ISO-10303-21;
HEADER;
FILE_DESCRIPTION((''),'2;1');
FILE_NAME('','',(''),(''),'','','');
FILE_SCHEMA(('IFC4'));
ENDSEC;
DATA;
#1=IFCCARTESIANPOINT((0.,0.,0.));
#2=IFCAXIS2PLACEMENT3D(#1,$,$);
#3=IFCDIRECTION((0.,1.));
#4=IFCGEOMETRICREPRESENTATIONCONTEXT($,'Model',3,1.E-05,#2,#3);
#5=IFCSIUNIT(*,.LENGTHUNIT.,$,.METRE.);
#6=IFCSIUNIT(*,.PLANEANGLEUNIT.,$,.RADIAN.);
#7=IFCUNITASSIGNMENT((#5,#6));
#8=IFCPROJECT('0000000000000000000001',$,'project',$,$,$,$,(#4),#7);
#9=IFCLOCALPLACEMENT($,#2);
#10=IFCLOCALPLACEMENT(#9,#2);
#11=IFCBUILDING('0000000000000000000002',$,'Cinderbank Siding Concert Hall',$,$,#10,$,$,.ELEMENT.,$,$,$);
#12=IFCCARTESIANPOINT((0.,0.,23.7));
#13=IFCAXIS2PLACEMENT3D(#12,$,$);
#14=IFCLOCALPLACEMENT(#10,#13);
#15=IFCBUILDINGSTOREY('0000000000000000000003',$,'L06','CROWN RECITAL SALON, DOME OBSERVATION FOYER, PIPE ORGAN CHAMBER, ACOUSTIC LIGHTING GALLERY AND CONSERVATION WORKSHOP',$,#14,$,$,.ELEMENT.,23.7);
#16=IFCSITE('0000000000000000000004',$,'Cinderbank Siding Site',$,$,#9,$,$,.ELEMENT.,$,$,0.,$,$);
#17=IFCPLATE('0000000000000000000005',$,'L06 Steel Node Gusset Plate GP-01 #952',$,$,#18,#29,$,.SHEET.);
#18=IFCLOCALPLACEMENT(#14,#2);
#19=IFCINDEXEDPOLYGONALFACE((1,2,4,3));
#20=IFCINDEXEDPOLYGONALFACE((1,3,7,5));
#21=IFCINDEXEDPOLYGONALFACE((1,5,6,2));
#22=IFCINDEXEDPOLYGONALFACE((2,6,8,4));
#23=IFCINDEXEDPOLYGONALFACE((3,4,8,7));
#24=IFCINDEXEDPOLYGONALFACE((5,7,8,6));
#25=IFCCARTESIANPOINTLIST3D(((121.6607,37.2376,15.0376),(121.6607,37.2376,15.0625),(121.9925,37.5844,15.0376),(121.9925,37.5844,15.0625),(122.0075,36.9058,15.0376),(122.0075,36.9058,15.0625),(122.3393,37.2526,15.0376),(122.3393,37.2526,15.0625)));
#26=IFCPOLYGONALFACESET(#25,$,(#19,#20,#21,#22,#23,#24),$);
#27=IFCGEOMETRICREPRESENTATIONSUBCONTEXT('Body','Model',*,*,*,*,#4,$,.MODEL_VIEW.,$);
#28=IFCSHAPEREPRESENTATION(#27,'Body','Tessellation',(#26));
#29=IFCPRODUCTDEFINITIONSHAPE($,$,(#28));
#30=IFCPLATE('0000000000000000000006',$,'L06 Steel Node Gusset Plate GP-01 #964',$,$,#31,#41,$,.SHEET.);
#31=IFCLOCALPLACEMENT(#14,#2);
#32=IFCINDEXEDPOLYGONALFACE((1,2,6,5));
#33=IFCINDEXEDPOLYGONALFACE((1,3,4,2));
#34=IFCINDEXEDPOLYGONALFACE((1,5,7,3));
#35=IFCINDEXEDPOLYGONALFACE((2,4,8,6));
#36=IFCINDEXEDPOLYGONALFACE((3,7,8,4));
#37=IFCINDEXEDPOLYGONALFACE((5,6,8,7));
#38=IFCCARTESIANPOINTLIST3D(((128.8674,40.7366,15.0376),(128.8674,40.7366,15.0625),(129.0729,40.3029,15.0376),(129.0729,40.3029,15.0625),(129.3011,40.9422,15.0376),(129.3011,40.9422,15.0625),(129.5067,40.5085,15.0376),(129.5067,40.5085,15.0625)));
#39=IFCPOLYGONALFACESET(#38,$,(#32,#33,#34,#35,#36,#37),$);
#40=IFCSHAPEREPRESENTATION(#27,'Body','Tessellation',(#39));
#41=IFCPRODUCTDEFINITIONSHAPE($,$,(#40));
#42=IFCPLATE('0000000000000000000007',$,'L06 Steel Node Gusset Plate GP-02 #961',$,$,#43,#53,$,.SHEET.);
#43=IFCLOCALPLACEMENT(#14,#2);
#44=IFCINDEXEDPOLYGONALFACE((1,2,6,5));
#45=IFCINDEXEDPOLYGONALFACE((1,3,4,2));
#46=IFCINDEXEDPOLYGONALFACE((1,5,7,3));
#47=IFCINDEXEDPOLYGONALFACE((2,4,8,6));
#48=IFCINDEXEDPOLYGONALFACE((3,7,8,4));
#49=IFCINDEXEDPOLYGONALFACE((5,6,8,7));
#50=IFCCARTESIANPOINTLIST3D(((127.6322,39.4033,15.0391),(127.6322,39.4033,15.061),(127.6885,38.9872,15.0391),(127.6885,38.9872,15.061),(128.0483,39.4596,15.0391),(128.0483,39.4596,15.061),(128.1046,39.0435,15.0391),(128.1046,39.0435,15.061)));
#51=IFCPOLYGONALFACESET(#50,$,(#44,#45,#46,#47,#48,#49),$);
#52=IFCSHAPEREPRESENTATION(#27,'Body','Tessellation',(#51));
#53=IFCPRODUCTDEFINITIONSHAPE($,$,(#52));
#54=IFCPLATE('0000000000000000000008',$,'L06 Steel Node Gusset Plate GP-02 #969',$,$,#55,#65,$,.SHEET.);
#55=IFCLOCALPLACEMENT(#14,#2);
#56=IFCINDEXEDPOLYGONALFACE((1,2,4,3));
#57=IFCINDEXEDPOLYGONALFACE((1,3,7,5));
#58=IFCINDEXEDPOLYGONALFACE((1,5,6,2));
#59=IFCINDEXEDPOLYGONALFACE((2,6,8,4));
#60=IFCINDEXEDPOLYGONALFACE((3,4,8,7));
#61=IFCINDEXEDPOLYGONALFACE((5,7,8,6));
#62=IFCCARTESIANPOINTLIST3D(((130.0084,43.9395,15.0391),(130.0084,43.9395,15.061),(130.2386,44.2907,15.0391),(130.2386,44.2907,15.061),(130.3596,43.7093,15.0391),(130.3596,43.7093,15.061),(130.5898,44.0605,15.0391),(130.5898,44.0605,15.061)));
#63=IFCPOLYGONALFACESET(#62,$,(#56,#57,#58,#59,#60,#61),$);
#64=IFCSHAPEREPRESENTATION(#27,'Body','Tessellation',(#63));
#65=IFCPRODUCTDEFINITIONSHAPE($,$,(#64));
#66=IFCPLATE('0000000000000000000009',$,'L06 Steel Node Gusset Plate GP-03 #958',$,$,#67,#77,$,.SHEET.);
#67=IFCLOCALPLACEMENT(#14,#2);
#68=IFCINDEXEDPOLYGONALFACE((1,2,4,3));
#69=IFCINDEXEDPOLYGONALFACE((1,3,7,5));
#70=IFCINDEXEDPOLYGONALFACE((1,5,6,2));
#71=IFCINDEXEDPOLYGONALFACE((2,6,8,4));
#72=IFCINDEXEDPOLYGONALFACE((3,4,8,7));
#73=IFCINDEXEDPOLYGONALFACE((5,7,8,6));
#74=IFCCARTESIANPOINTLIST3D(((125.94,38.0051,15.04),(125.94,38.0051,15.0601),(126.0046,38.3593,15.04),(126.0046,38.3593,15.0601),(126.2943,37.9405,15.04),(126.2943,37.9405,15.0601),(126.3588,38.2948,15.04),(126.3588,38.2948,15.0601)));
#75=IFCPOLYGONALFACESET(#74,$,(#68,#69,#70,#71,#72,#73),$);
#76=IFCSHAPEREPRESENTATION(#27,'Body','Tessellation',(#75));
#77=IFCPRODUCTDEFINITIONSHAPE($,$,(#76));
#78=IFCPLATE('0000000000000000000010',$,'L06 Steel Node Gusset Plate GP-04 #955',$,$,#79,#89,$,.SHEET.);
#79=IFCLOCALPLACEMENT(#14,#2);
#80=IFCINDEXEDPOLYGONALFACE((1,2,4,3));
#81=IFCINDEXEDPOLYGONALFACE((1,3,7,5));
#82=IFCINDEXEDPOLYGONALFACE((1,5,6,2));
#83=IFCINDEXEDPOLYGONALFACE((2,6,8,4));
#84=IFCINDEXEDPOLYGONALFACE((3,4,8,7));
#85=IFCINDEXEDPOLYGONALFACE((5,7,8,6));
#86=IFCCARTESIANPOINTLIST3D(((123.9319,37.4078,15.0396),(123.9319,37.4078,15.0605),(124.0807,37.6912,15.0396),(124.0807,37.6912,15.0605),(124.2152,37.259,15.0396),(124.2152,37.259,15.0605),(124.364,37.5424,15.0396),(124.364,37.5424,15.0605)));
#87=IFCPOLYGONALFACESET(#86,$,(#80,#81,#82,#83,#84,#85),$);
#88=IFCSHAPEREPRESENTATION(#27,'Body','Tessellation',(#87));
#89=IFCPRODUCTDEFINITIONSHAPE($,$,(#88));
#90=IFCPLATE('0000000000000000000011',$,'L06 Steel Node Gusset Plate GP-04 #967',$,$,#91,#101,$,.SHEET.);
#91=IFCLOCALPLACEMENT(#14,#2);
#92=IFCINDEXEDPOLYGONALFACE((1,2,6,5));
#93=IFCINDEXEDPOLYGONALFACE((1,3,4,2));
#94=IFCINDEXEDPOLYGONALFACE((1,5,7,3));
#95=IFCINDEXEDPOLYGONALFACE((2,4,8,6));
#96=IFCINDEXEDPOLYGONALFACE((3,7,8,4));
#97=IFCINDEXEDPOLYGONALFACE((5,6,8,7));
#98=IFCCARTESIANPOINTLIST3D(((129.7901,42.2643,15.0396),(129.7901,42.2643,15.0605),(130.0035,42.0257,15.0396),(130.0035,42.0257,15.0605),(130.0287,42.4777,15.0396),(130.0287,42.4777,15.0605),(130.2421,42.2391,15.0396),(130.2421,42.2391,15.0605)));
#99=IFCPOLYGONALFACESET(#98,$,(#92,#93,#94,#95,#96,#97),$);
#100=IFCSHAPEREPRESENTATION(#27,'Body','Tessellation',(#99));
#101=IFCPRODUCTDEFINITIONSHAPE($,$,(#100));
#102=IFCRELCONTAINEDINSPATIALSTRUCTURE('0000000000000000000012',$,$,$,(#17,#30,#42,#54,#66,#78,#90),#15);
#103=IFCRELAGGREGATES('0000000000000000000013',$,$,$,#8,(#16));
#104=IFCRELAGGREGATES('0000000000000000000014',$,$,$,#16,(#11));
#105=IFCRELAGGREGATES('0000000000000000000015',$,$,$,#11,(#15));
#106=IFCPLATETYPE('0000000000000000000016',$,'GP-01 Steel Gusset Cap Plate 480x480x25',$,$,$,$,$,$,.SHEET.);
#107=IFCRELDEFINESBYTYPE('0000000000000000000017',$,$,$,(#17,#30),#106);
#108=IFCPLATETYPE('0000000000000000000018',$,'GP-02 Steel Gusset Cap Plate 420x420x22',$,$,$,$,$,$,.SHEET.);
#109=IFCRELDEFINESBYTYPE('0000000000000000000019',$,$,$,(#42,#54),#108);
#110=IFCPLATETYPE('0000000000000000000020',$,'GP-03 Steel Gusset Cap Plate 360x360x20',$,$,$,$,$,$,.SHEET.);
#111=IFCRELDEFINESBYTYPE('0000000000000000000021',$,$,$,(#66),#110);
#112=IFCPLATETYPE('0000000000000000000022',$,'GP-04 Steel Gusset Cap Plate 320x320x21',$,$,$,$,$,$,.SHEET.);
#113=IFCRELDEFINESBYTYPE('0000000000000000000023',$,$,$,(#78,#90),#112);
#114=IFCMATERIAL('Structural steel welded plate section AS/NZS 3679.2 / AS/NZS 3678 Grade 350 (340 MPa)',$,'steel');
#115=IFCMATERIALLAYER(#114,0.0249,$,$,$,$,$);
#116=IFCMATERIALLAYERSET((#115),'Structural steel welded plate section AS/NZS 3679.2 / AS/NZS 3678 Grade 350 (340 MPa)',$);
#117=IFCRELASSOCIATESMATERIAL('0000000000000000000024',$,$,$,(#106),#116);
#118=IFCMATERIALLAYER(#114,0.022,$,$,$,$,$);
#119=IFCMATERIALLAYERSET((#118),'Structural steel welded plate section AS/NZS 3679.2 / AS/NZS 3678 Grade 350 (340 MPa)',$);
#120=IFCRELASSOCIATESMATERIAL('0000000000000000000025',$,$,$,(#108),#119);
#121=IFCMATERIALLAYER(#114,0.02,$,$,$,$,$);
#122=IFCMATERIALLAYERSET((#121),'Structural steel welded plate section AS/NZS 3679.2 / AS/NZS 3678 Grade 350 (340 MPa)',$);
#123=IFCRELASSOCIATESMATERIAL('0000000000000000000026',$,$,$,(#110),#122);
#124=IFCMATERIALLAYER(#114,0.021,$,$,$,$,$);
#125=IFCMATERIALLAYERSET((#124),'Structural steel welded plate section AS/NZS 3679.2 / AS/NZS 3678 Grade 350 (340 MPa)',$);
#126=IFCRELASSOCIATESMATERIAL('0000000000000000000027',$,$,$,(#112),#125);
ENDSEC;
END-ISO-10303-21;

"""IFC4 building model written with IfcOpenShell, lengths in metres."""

from ifc_helpers import new_model, si_unit, direction, frame, origin, origin_2d, place, context, subcontext, project, spatial, rectangle, extrude, material, layer, layer_set, type_object, element, save


model = new_model("IFC4")

# Units and contexts
model_context = context("Model", 3, precision=1e-05, world=origin(), true_north=direction((0.0, 1.0)))
body_context = subcontext(model_context, "Body", "Model", "MODEL_VIEW")
ifc_project = project(units=[si_unit("LENGTHUNIT", "METRE"), si_unit("PLANEANGLEUNIT", "RADIAN")], contexts=[model_context])

# Site, building, storey
site_placement = place(None, origin())
site = spatial("IfcSite", under=ifc_project, at=site_placement, Name="Cinderbank Siding Site", CompositionType="ELEMENT", RefElevation=0.0)
building_placement = place(site_placement, origin())
building = spatial("IfcBuilding", under=site, at=building_placement, Name="Cinderbank Siding Concert Hall", CompositionType="ELEMENT")
storey_placement = place(building_placement, frame((0.0, 0.0, 23.7)))
storey = spatial("IfcBuildingStorey", under=building, at=storey_placement, Name="L06", Description="CROWN RECITAL SALON, DOME OBSERVATION FOYER, PIPE ORGAN CHAMBER, ACOUSTIC LIGHTING GALLERY AND CONSERVATION WORKSHOP", CompositionType="ELEMENT", Elevation=23.7)

# Plates
ifc_material_1 = material(Name="Structural steel welded plate section AS/NZS 3679.2 / AS/NZS 3678 Grade 350 (340 MPa)", Category="steel")
ifc_layer_1 = layer(ifc_material_1, 0.0249)
ifc_layer_set_1 = layer_set([ifc_layer_1], Name="Structural steel welded plate section AS/NZS 3679.2 / AS/NZS 3678 Grade 350 (340 MPa)")
plate_type_1 = type_object("IfcPlateType", Name="GP-01 Steel Gusset Cap Plate 480x480x25", PredefinedType="SHEET", material=ifc_layer_set_1)
for number, where, z_axis, x_axis, name in (
    (1, (122.0, 37.2451, 15.0376), (0.0, 0.0, 1.0), (0.691261, 0.722605, 0.0), "L06 Steel Node Gusset Plate GP-01 #952"),
    (2, (129.187, 40.6226, 15.0376), (0.0, 0.0, 1.0), (-0.428304, 0.903635, 0.0), "L06 Steel Node Gusset Plate GP-01 #964"),
):
    element("IfcPlate", number, at=place(storey_placement, frame(where, z_axis=z_axis, x_axis=x_axis)), inside=storey, type_object=plate_type_1, Name=name, PredefinedType="SHEET", context=body_context, shape_type="SweptSolid", body=[
        extrude(rectangle(XDim=0.48, YDim=0.48, at=origin_2d()), origin(), (0.0, 0.0, 1.0), 0.0249),
    ])
ifc_layer_2 = layer(ifc_material_1, 0.022)
ifc_layer_set_2 = layer_set([ifc_layer_2], Name="Structural steel welded plate section AS/NZS 3679.2 / AS/NZS 3678 Grade 350 (340 MPa)")
plate_type_2 = type_object("IfcPlateType", Name="GP-02 Steel Gusset Cap Plate 420x420x22", PredefinedType="SHEET", material=ifc_layer_set_2)
for number, where, z_axis, x_axis, name in (
    (3, (127.8684, 39.2234, 15.0391), (0.0, 0.0, 1.0), (-0.133986, 0.990983, 0.0), "L06 Steel Node Gusset Plate GP-02 #961"),
    (4, (130.2991, 44.0, 15.0391), (0.0, 0.0, 1.0), (-0.836382, 0.548147, 0.0), "L06 Steel Node Gusset Plate GP-02 #969"),
):
    element("IfcPlate", number, at=place(storey_placement, frame(where, z_axis=z_axis, x_axis=x_axis)), inside=storey, type_object=plate_type_2, Name=name, PredefinedType="SHEET", context=body_context, shape_type="SweptSolid", body=[
        extrude(rectangle(XDim=0.4199, YDim=0.4199, at=origin_2d()), origin(), (0.0, 0.0, 1.0), 0.022),
    ])
ifc_layer_3 = layer(ifc_material_1, 0.02)
ifc_layer_set_3 = layer_set([ifc_layer_3], Name="Structural steel welded plate section AS/NZS 3679.2 / AS/NZS 3678 Grade 350 (340 MPa)")
plate_type_3 = type_object("IfcPlateType", Name="GP-03 Steel Gusset Cap Plate 360x360x20", PredefinedType="SHEET", material=ifc_layer_set_3)
plate_placement = place(storey_placement, frame((126.1494, 38.1499, 15.04), z_axis=(0.0, 0.0, 1.0), x_axis=(0.179317, 0.983791, 0.0)))
element("IfcPlate", 5, at=plate_placement, inside=storey, type_object=plate_type_3, Name="L06 Steel Node Gusset Plate GP-03 #958", PredefinedType="SHEET", context=body_context, shape_type="SweptSolid", body=[
    extrude(rectangle(XDim=0.3601, YDim=0.3601, at=origin_2d()), origin(), (0.0, 0.0, 1.0), 0.02),
])
ifc_layer_4 = layer(ifc_material_1, 0.021)
ifc_layer_set_4 = layer_set([ifc_layer_4], Name="Structural steel welded plate section AS/NZS 3679.2 / AS/NZS 3678 Grade 350 (340 MPa)")
plate_type_4 = type_object("IfcPlateType", Name="GP-04 Steel Gusset Cap Plate 320x320x21", PredefinedType="SHEET", material=ifc_layer_set_4)
for number, where, z_axis, x_axis, name in (
    (6, (124.1479, 37.4751, 15.0396), (0.0, 0.0, 1.0), (0.464997, 0.885312, 0.0), "L06 Steel Node Gusset Plate GP-04 #955"),
    (7, (130.0161, 42.2517, 15.0396), (0.0, 0.0, 1.0), (-0.666532, 0.745476, 0.0), "L06 Steel Node Gusset Plate GP-04 #967"),
):
    element("IfcPlate", number, at=place(storey_placement, frame(where, z_axis=z_axis, x_axis=x_axis)), inside=storey, type_object=plate_type_4, Name=name, PredefinedType="SHEET", context=body_context, shape_type="SweptSolid", body=[
        extrude(rectangle(XDim=0.3201, YDim=0.3201, at=origin_2d()), origin(), (0.0, 0.0, 1.0), 0.021),
    ])

save(model, "model.ifc")
